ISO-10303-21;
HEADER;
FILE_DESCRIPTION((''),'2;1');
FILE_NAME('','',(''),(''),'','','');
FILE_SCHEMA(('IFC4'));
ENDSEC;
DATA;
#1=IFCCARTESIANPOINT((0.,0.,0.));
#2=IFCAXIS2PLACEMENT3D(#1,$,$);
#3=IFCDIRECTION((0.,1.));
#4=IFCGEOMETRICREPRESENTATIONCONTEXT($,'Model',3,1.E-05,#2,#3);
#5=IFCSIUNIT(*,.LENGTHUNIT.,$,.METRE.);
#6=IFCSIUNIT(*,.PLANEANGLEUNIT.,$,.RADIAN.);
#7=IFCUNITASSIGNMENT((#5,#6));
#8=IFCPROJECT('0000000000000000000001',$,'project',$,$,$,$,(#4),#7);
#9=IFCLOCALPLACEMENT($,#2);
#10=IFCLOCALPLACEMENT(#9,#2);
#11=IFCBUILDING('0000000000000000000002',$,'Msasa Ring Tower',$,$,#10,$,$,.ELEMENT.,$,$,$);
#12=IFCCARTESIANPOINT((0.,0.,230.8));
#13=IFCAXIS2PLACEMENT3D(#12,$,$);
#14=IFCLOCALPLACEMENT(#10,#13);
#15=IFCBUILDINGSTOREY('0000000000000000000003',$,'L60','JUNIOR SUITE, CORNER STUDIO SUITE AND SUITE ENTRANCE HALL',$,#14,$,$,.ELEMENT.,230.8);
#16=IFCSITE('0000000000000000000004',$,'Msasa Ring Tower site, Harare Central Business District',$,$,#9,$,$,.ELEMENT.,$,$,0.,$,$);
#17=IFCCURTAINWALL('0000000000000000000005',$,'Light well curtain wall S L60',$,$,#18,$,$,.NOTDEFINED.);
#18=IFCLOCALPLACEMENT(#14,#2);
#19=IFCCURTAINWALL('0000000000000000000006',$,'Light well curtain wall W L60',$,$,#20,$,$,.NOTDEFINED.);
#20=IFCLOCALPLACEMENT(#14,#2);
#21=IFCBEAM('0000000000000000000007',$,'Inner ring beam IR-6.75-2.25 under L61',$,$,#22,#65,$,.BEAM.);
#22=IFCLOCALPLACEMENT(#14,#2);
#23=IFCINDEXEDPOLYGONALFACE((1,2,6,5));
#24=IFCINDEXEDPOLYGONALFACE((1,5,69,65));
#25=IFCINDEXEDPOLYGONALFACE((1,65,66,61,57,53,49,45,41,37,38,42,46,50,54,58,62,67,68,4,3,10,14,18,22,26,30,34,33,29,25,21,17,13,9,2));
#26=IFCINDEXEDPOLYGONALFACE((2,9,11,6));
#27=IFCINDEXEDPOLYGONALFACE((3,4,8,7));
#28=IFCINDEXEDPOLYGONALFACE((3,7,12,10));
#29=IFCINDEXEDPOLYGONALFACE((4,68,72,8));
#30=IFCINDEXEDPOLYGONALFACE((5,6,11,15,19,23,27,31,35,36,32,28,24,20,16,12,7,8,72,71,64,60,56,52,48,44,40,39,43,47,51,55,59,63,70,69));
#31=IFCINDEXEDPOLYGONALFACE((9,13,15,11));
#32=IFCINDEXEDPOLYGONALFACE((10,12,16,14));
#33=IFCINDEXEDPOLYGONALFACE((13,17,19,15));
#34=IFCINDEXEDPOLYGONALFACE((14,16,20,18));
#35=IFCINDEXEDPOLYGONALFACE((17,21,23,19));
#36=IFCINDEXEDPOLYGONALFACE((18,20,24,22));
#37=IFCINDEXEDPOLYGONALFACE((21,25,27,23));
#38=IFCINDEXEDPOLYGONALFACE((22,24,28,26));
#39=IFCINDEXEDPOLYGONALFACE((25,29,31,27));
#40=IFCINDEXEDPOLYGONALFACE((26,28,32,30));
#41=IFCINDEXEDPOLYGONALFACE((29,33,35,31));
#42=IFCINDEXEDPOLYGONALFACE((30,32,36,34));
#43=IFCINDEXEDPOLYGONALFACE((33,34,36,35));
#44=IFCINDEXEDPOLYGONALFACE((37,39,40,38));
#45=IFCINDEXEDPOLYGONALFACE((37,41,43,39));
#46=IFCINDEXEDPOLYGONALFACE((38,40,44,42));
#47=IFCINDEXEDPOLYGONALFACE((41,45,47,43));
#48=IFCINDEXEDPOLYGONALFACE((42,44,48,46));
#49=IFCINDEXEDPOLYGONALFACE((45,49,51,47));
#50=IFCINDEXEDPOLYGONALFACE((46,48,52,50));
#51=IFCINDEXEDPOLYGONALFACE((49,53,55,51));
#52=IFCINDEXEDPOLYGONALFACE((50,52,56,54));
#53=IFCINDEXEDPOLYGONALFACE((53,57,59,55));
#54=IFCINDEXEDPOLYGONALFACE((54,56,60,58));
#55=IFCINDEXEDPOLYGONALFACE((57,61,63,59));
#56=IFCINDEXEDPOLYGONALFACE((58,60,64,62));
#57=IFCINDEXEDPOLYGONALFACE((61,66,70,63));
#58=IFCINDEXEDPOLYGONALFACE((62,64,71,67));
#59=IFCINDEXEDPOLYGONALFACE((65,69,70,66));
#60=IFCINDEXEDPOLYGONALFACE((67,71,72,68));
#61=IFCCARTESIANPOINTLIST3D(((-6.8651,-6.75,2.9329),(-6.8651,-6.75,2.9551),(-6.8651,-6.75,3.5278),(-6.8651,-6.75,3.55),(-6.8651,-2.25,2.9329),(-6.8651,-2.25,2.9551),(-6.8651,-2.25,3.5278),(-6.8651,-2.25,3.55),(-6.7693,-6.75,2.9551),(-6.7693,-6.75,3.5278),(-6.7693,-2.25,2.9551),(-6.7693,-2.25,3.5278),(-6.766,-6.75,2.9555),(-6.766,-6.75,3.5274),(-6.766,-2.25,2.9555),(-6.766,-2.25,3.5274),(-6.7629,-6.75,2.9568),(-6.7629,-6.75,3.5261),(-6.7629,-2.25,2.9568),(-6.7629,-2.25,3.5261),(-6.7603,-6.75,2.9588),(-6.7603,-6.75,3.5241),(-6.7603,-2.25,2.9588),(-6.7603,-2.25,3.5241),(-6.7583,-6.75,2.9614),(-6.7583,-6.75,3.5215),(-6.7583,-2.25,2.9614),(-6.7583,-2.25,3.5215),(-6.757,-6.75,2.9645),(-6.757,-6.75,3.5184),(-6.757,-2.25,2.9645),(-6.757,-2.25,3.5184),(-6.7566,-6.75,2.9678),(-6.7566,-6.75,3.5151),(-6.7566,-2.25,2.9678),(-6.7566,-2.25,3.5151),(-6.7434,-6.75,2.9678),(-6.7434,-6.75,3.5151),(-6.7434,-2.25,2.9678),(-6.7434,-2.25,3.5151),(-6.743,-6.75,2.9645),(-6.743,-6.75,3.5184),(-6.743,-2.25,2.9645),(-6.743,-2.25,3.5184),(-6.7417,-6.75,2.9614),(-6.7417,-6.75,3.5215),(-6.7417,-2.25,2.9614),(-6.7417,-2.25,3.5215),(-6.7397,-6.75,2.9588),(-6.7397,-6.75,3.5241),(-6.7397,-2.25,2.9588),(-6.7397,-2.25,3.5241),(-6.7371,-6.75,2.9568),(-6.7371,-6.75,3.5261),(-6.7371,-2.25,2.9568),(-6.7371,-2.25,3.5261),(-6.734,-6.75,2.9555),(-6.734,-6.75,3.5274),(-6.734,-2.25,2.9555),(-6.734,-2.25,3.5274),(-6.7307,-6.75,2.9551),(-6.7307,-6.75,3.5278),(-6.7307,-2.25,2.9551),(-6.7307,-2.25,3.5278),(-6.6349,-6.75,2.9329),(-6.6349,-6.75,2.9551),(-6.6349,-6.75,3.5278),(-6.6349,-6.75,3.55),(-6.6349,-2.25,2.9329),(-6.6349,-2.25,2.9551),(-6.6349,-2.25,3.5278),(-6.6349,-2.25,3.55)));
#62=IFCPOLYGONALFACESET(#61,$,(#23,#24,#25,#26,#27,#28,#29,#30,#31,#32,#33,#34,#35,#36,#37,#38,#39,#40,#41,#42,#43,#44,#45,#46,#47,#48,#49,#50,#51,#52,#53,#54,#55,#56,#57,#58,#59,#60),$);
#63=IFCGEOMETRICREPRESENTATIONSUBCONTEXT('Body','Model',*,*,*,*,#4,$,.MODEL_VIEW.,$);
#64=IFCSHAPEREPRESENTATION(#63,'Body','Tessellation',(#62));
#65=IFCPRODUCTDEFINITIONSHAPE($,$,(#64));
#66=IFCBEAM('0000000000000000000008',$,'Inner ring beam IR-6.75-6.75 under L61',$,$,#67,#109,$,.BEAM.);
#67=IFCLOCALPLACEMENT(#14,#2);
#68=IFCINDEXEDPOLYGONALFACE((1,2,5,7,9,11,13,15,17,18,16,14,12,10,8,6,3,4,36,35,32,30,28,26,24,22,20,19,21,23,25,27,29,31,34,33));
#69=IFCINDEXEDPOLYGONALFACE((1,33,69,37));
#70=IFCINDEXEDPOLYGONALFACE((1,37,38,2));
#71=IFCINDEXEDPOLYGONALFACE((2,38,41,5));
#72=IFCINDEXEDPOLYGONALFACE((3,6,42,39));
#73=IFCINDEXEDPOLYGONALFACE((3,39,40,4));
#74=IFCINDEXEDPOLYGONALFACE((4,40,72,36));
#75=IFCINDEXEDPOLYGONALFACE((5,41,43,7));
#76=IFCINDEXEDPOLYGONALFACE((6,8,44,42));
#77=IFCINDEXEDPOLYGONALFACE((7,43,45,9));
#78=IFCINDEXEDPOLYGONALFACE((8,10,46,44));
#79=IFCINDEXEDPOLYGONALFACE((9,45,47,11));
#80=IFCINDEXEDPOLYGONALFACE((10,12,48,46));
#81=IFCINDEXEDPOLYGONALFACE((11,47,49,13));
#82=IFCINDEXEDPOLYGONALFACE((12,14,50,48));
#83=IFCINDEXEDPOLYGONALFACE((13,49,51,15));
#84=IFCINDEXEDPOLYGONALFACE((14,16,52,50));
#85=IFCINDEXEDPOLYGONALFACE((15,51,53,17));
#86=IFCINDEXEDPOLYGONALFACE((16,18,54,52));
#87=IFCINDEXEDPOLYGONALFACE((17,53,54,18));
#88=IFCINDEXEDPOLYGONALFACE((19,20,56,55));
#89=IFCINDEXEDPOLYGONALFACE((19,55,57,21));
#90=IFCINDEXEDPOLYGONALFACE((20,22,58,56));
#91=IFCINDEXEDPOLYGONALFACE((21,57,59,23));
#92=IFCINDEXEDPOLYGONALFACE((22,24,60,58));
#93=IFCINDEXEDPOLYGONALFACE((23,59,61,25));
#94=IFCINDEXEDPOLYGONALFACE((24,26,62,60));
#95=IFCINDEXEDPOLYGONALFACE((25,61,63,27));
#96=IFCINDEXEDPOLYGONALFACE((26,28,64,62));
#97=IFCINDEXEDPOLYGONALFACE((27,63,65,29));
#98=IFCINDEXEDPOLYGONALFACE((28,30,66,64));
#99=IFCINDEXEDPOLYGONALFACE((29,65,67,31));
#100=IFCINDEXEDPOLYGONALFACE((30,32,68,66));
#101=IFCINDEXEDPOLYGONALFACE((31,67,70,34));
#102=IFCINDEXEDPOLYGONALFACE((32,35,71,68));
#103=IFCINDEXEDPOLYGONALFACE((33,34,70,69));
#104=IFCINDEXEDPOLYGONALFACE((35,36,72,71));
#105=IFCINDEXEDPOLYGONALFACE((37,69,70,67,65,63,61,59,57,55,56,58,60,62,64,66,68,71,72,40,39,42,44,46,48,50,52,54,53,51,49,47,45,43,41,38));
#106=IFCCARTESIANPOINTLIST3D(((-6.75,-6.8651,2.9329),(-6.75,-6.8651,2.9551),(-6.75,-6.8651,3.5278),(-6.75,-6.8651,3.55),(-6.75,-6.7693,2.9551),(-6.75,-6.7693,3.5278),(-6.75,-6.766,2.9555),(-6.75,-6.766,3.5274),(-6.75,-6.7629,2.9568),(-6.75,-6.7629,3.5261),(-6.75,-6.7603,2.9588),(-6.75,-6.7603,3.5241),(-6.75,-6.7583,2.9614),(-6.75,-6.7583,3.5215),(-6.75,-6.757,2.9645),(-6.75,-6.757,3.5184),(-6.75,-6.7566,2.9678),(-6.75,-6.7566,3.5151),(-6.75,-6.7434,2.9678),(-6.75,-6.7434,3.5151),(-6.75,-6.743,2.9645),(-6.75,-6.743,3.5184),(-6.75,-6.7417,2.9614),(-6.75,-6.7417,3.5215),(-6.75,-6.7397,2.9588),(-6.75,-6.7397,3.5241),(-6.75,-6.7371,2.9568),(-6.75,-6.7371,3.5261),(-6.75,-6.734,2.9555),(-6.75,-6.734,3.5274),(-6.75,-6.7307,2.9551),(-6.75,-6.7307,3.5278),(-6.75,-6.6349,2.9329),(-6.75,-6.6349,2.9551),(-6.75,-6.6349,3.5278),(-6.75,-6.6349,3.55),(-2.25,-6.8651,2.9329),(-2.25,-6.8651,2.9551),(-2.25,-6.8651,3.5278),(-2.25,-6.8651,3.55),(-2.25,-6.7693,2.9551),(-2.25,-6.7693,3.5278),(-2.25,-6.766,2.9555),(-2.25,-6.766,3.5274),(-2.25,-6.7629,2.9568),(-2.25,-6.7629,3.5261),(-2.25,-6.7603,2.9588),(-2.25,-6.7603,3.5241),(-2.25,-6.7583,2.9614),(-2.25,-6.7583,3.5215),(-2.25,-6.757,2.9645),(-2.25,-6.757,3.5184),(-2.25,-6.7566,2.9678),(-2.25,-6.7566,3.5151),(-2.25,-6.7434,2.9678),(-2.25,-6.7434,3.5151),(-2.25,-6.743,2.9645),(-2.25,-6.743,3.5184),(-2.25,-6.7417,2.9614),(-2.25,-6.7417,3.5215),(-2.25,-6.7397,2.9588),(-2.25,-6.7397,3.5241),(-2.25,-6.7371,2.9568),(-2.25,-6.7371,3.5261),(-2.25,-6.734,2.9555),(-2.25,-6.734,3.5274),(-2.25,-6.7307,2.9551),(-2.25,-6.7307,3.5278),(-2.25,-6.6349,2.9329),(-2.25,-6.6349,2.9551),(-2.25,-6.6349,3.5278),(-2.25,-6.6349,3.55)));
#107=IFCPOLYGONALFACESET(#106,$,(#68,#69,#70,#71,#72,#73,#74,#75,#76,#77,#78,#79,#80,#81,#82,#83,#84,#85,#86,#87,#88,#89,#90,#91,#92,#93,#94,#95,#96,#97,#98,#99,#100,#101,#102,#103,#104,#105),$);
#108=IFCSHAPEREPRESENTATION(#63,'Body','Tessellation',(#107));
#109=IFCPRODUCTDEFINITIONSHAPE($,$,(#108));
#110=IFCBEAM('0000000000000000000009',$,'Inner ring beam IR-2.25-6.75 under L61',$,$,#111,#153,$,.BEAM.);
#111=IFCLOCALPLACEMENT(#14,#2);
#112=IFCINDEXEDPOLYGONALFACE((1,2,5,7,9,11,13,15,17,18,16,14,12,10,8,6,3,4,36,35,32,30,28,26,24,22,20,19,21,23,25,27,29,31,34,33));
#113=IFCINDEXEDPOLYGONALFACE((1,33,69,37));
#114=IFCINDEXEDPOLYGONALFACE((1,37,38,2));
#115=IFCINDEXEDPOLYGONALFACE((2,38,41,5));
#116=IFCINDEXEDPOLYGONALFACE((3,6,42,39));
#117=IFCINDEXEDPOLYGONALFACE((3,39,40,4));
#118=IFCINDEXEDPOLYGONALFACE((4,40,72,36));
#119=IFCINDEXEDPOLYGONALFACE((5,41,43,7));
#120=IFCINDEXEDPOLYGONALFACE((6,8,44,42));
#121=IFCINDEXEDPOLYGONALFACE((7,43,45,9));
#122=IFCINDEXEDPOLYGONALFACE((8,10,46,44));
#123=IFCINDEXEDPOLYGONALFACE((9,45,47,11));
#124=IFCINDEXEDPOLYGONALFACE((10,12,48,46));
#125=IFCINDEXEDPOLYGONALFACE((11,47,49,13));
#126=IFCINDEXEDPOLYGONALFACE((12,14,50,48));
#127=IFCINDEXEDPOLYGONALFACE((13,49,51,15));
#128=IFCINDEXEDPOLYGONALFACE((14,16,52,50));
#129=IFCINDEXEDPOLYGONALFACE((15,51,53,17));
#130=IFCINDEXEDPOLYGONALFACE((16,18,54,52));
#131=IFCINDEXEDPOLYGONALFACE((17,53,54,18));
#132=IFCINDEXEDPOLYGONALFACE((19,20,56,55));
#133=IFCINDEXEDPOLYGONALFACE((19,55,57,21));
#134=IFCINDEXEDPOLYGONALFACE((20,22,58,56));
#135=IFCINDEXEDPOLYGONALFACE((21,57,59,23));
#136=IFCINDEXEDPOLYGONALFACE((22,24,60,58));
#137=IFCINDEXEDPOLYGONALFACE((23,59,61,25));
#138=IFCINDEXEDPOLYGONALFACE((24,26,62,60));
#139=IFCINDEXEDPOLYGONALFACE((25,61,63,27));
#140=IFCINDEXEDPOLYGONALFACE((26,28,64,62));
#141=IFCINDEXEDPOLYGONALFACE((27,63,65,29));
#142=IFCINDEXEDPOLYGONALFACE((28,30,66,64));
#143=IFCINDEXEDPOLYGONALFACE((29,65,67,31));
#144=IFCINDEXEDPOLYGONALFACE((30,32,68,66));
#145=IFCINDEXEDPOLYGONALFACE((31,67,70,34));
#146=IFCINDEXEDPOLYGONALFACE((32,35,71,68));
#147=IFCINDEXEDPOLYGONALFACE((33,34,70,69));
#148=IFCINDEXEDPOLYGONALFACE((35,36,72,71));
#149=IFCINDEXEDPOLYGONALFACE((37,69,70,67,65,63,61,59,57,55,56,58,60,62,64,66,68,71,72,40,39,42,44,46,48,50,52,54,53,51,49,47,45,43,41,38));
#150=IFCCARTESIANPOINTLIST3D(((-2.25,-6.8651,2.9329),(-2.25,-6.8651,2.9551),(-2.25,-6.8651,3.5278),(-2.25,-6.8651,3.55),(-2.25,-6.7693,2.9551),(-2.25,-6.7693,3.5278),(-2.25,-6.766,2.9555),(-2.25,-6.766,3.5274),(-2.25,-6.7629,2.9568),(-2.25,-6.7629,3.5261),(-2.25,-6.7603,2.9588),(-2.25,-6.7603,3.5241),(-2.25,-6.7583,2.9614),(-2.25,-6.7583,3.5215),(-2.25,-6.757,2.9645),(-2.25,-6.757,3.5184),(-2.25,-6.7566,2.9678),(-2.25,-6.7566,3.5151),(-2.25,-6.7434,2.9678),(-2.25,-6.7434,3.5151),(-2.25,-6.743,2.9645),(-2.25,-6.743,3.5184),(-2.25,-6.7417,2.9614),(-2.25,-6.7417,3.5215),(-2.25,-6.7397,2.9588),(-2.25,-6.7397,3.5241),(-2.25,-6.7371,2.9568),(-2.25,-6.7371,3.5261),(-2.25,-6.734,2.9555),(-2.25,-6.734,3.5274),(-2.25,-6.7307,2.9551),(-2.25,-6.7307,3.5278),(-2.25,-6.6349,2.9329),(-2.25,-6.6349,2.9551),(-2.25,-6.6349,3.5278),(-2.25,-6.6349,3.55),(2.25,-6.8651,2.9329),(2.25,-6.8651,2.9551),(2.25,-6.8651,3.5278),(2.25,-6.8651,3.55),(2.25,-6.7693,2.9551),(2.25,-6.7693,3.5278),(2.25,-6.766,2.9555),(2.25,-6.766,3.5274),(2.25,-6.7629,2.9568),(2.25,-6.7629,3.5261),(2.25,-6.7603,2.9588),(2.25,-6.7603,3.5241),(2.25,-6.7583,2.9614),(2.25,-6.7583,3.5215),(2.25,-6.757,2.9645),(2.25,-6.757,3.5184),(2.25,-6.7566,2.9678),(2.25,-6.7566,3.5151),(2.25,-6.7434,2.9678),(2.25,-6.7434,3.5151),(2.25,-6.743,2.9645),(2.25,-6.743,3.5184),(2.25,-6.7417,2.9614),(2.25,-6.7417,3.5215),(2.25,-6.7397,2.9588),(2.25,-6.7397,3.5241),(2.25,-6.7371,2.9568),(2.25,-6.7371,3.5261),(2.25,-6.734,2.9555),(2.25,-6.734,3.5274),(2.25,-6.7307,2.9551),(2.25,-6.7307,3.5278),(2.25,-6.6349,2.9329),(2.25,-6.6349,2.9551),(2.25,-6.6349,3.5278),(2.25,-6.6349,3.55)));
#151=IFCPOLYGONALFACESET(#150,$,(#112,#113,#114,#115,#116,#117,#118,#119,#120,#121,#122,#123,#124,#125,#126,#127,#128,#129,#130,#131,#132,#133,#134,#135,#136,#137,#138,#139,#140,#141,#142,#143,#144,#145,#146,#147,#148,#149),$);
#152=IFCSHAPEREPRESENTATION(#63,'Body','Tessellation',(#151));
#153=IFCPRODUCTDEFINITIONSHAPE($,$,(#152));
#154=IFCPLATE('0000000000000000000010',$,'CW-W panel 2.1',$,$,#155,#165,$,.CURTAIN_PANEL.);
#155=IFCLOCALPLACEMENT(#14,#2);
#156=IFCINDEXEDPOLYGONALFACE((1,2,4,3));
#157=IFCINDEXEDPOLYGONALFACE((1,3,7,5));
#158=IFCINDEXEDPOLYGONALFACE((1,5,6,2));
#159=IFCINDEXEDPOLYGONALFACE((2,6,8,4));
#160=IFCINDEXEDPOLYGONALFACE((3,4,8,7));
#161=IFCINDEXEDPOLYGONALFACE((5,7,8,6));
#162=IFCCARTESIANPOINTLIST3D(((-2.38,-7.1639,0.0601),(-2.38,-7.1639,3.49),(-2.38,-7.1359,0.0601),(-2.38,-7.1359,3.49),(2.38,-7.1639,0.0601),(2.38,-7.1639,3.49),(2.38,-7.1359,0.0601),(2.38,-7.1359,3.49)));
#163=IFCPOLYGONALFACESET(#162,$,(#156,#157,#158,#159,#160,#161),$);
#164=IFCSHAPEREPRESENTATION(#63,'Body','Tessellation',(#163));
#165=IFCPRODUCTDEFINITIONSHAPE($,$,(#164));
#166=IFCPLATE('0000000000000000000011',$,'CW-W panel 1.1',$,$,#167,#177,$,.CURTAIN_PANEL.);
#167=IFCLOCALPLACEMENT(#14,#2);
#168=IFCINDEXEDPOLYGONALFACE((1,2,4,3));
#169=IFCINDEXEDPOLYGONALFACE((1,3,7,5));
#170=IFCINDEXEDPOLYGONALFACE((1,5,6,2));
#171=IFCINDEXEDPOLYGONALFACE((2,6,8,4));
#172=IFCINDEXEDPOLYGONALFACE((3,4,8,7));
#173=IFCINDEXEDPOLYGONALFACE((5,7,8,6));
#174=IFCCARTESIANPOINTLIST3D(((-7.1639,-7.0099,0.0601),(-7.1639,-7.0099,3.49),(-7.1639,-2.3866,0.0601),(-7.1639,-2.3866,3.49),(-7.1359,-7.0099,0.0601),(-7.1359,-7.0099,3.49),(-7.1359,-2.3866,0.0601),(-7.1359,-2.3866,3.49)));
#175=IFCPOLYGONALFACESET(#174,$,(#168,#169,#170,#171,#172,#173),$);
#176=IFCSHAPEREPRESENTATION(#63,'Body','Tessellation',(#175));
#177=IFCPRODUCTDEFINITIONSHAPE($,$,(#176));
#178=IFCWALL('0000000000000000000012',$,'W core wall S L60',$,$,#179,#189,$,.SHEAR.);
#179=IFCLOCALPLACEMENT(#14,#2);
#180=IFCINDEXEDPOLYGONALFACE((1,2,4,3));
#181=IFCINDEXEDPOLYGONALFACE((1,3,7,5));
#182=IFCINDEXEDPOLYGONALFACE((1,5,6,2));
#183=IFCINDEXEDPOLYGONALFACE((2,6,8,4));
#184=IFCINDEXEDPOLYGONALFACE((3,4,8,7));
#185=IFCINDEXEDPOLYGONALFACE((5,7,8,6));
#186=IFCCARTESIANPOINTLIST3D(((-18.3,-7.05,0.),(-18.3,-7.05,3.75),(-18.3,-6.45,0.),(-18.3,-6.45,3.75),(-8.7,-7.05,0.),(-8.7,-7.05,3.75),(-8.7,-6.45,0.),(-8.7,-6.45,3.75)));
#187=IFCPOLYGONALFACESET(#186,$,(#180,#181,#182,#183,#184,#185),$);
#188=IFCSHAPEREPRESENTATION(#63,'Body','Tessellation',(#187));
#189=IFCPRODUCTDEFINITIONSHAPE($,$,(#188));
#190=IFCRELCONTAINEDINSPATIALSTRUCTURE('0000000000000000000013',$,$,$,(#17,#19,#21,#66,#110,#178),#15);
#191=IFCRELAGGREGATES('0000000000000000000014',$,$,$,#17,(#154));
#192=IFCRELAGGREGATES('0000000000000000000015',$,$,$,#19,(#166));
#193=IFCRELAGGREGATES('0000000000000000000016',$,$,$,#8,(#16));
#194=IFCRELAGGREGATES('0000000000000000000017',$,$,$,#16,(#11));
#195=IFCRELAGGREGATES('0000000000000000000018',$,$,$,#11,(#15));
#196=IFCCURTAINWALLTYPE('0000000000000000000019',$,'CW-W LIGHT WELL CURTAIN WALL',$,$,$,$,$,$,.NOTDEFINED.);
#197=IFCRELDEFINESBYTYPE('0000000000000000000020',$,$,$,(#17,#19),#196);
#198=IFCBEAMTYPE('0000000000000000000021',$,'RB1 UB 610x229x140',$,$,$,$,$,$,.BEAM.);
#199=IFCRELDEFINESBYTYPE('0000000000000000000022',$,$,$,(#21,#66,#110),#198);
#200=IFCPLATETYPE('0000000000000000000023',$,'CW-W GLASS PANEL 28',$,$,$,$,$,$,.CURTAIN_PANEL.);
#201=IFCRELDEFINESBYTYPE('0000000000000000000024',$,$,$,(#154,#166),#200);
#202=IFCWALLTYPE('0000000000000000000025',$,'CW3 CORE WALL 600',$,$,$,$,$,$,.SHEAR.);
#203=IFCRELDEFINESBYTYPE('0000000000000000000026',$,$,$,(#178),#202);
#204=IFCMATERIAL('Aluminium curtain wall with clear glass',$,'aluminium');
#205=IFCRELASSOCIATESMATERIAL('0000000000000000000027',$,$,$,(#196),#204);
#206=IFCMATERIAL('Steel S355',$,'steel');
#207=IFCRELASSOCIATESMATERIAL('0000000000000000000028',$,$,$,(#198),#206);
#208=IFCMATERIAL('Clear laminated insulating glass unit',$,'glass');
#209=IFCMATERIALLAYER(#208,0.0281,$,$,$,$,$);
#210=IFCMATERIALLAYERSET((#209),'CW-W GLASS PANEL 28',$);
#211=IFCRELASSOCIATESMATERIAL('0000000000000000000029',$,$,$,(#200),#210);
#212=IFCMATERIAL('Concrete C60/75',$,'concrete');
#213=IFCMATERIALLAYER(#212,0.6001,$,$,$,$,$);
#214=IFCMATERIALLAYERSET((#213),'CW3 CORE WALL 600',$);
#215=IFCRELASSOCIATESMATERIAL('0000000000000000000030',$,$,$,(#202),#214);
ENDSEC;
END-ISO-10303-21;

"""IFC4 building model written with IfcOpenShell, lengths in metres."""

from ifc_helpers import new_model, si_unit, direction, frame, frame_2d, origin, origin_2d, place, context, subcontext, project, spatial, rectangle, i_section, extrude, material, layer, layer_set, material_profile, profile_set, type_object, element, aggregate, save


model = new_model("IFC4")

# Units and contexts
model_context = context("Model", 3, precision=1e-05, world=origin(), true_north=direction((0.0, 1.0)))
body_context = subcontext(model_context, "Body", "Model", "MODEL_VIEW")
ifc_project = project(units=[si_unit("LENGTHUNIT", "METRE"), si_unit("PLANEANGLEUNIT", "RADIAN")], contexts=[model_context])

# Site, building, storey
site_placement = place(None, origin())
site = spatial("IfcSite", under=ifc_project, at=site_placement, Name="Msasa Ring Tower site, Harare Central Business District", CompositionType="ELEMENT", RefElevation=0.0)
building_placement = place(site_placement, origin())
building = spatial("IfcBuilding", under=site, at=building_placement, Name="Msasa Ring Tower", CompositionType="ELEMENT")
storey_placement = place(building_placement, frame((0.0, 0.0, 230.8)))
storey = spatial("IfcBuildingStorey", under=building, at=storey_placement, Name="L60", Description="JUNIOR SUITE, CORNER STUDIO SUITE AND SUITE ENTRANCE HALL", CompositionType="ELEMENT", Elevation=230.8)

# Curtain wall
ifc_material_1 = material(Name="Aluminium curtain wall with clear glass", Category="aluminium")
curtain_wall_type = type_object("IfcCurtainWallType", Name="CW-W LIGHT WELL CURTAIN WALL", PredefinedType="NOTDEFINED", material=ifc_material_1)
curtain_wall_1_placement = place(storey_placement, origin())
curtain_wall_1 = element("IfcCurtainWall", 1, at=curtain_wall_1_placement, inside=storey, type_object=curtain_wall_type, Name="Light well curtain wall S L60", PredefinedType="NOTDEFINED")

# Curtain wall
curtain_wall_2_placement = place(storey_placement, origin())
curtain_wall_2 = element("IfcCurtainWall", 2, at=curtain_wall_2_placement, inside=storey, type_object=curtain_wall_type, Name="Light well curtain wall W L60", PredefinedType="NOTDEFINED")

# Beams
ifc_material_2 = material(Name="Steel S355", Category="steel")
ifc_material_profile_1 = material_profile(ifc_material_2, i_section(OverallWidth=0.2302, OverallDepth=0.6172, WebThickness=0.0132, FlangeThickness=0.0222, FilletRadius=0.0127, at=origin_2d()), Name="UB 610x229x140")
ifc_profile_set_1 = profile_set([ifc_material_profile_1], Name="Steel S355")
beam_type = type_object("IfcBeamType", Name="RB1 UB 610x229x140", PredefinedType="BEAM", material=ifc_profile_set_1)
for number, where, z_axis, x_axis, name in (
    (3, (-6.75, -2.25, 3.2415), (0.0, -1.0, 0.0), (1.0, 0.0, 0.0), "Inner ring beam IR-6.75-2.25 under L61"),
    (4, (-6.75, -6.75, 3.2415), (1.0, 0.0, 0.0), (0.0, 1.0, 0.0), "Inner ring beam IR-6.75-6.75 under L61"),
    (5, (-2.25, -6.75, 3.2415), (1.0, 0.0, 0.0), (0.0, 1.0, 0.0), "Inner ring beam IR-2.25-6.75 under L61"),
):
    element("IfcBeam", number, at=place(storey_placement, frame(where, z_axis=z_axis, x_axis=x_axis)), inside=storey, type_object=beam_type, Name=name, PredefinedType="BEAM", context=body_context, shape_type="SweptSolid", body=[
        extrude(i_section(OverallWidth=0.2302, OverallDepth=0.6172, WebThickness=0.0132, FlangeThickness=0.0222, FilletRadius=0.0127, at=origin_2d()), origin(), (0.0, 0.0, 1.0), 4.5),
    ])

# Plates
ifc_material_3 = material(Name="Clear laminated insulating glass unit", Category="glass")
ifc_layer_1 = layer(ifc_material_3, 0.0281)
ifc_layer_set_1 = layer_set([ifc_layer_1], Name="CW-W GLASS PANEL 28")
plate_type = type_object("IfcPlateType", Name="CW-W GLASS PANEL 28", PredefinedType="CURTAIN_PANEL", material=ifc_layer_set_1)
plate_1_placement = place(storey_placement, frame((0.0, -7.1499, 0.0601), z_axis=(0.0, 0.0, 1.0), x_axis=(1.0, 0.0, 0.0)))
plate_1 = element("IfcPlate", 6, at=plate_1_placement, type_object=plate_type, Name="CW-W panel 2.1", PredefinedType="CURTAIN_PANEL", context=body_context, shape_type="SweptSolid", body=[
    extrude(rectangle(XDim=4.76, YDim=0.0281, at=origin_2d()), origin(), (0.0, 0.0, 1.0), 3.4299),
])
aggregate(curtain_wall_1, [plate_1])
plate_2_placement = place(storey_placement, frame((-7.1499, -4.6982, 0.0601), z_axis=(0.0, 0.0, 1.0), x_axis=(0.0, 1.0, 0.0)))
plate_2 = element("IfcPlate", 7, at=plate_2_placement, type_object=plate_type, Name="CW-W panel 1.1", PredefinedType="CURTAIN_PANEL", context=body_context, shape_type="SweptSolid", body=[
    extrude(rectangle(XDim=4.6233, YDim=0.0281, at=origin_2d()), origin(), (0.0, 0.0, 1.0), 3.4299),
])
aggregate(curtain_wall_2, [plate_2])

# Wall
ifc_material_4 = material(Name="Concrete C60/75", Category="concrete")
ifc_layer_2 = layer(ifc_material_4, 0.6001)
ifc_layer_set_2 = layer_set([ifc_layer_2], Name="CW3 CORE WALL 600")
wall_type_1 = type_object("IfcWallType", Name="CW3 CORE WALL 600", PredefinedType="SHEAR", material=ifc_layer_set_2)
wall_1_placement = place(storey_placement, frame((-8.7, -6.75, 0.0), z_axis=(0.0, 0.0, 1.0), x_axis=(-1.0, 0.0, 0.0)))
element("IfcWall", 8, at=wall_1_placement, inside=storey, type_object=wall_type_1, Name="W core wall S L60", PredefinedType="SHEAR", context=body_context, shape_type="SweptSolid", body=[
    extrude(rectangle(XDim=9.6001, YDim=0.6001, at=frame_2d((4.8, 0.0))), origin(), (0.0, 0.0, 1.0), 3.75),
])

save(model, "model.ifc")
